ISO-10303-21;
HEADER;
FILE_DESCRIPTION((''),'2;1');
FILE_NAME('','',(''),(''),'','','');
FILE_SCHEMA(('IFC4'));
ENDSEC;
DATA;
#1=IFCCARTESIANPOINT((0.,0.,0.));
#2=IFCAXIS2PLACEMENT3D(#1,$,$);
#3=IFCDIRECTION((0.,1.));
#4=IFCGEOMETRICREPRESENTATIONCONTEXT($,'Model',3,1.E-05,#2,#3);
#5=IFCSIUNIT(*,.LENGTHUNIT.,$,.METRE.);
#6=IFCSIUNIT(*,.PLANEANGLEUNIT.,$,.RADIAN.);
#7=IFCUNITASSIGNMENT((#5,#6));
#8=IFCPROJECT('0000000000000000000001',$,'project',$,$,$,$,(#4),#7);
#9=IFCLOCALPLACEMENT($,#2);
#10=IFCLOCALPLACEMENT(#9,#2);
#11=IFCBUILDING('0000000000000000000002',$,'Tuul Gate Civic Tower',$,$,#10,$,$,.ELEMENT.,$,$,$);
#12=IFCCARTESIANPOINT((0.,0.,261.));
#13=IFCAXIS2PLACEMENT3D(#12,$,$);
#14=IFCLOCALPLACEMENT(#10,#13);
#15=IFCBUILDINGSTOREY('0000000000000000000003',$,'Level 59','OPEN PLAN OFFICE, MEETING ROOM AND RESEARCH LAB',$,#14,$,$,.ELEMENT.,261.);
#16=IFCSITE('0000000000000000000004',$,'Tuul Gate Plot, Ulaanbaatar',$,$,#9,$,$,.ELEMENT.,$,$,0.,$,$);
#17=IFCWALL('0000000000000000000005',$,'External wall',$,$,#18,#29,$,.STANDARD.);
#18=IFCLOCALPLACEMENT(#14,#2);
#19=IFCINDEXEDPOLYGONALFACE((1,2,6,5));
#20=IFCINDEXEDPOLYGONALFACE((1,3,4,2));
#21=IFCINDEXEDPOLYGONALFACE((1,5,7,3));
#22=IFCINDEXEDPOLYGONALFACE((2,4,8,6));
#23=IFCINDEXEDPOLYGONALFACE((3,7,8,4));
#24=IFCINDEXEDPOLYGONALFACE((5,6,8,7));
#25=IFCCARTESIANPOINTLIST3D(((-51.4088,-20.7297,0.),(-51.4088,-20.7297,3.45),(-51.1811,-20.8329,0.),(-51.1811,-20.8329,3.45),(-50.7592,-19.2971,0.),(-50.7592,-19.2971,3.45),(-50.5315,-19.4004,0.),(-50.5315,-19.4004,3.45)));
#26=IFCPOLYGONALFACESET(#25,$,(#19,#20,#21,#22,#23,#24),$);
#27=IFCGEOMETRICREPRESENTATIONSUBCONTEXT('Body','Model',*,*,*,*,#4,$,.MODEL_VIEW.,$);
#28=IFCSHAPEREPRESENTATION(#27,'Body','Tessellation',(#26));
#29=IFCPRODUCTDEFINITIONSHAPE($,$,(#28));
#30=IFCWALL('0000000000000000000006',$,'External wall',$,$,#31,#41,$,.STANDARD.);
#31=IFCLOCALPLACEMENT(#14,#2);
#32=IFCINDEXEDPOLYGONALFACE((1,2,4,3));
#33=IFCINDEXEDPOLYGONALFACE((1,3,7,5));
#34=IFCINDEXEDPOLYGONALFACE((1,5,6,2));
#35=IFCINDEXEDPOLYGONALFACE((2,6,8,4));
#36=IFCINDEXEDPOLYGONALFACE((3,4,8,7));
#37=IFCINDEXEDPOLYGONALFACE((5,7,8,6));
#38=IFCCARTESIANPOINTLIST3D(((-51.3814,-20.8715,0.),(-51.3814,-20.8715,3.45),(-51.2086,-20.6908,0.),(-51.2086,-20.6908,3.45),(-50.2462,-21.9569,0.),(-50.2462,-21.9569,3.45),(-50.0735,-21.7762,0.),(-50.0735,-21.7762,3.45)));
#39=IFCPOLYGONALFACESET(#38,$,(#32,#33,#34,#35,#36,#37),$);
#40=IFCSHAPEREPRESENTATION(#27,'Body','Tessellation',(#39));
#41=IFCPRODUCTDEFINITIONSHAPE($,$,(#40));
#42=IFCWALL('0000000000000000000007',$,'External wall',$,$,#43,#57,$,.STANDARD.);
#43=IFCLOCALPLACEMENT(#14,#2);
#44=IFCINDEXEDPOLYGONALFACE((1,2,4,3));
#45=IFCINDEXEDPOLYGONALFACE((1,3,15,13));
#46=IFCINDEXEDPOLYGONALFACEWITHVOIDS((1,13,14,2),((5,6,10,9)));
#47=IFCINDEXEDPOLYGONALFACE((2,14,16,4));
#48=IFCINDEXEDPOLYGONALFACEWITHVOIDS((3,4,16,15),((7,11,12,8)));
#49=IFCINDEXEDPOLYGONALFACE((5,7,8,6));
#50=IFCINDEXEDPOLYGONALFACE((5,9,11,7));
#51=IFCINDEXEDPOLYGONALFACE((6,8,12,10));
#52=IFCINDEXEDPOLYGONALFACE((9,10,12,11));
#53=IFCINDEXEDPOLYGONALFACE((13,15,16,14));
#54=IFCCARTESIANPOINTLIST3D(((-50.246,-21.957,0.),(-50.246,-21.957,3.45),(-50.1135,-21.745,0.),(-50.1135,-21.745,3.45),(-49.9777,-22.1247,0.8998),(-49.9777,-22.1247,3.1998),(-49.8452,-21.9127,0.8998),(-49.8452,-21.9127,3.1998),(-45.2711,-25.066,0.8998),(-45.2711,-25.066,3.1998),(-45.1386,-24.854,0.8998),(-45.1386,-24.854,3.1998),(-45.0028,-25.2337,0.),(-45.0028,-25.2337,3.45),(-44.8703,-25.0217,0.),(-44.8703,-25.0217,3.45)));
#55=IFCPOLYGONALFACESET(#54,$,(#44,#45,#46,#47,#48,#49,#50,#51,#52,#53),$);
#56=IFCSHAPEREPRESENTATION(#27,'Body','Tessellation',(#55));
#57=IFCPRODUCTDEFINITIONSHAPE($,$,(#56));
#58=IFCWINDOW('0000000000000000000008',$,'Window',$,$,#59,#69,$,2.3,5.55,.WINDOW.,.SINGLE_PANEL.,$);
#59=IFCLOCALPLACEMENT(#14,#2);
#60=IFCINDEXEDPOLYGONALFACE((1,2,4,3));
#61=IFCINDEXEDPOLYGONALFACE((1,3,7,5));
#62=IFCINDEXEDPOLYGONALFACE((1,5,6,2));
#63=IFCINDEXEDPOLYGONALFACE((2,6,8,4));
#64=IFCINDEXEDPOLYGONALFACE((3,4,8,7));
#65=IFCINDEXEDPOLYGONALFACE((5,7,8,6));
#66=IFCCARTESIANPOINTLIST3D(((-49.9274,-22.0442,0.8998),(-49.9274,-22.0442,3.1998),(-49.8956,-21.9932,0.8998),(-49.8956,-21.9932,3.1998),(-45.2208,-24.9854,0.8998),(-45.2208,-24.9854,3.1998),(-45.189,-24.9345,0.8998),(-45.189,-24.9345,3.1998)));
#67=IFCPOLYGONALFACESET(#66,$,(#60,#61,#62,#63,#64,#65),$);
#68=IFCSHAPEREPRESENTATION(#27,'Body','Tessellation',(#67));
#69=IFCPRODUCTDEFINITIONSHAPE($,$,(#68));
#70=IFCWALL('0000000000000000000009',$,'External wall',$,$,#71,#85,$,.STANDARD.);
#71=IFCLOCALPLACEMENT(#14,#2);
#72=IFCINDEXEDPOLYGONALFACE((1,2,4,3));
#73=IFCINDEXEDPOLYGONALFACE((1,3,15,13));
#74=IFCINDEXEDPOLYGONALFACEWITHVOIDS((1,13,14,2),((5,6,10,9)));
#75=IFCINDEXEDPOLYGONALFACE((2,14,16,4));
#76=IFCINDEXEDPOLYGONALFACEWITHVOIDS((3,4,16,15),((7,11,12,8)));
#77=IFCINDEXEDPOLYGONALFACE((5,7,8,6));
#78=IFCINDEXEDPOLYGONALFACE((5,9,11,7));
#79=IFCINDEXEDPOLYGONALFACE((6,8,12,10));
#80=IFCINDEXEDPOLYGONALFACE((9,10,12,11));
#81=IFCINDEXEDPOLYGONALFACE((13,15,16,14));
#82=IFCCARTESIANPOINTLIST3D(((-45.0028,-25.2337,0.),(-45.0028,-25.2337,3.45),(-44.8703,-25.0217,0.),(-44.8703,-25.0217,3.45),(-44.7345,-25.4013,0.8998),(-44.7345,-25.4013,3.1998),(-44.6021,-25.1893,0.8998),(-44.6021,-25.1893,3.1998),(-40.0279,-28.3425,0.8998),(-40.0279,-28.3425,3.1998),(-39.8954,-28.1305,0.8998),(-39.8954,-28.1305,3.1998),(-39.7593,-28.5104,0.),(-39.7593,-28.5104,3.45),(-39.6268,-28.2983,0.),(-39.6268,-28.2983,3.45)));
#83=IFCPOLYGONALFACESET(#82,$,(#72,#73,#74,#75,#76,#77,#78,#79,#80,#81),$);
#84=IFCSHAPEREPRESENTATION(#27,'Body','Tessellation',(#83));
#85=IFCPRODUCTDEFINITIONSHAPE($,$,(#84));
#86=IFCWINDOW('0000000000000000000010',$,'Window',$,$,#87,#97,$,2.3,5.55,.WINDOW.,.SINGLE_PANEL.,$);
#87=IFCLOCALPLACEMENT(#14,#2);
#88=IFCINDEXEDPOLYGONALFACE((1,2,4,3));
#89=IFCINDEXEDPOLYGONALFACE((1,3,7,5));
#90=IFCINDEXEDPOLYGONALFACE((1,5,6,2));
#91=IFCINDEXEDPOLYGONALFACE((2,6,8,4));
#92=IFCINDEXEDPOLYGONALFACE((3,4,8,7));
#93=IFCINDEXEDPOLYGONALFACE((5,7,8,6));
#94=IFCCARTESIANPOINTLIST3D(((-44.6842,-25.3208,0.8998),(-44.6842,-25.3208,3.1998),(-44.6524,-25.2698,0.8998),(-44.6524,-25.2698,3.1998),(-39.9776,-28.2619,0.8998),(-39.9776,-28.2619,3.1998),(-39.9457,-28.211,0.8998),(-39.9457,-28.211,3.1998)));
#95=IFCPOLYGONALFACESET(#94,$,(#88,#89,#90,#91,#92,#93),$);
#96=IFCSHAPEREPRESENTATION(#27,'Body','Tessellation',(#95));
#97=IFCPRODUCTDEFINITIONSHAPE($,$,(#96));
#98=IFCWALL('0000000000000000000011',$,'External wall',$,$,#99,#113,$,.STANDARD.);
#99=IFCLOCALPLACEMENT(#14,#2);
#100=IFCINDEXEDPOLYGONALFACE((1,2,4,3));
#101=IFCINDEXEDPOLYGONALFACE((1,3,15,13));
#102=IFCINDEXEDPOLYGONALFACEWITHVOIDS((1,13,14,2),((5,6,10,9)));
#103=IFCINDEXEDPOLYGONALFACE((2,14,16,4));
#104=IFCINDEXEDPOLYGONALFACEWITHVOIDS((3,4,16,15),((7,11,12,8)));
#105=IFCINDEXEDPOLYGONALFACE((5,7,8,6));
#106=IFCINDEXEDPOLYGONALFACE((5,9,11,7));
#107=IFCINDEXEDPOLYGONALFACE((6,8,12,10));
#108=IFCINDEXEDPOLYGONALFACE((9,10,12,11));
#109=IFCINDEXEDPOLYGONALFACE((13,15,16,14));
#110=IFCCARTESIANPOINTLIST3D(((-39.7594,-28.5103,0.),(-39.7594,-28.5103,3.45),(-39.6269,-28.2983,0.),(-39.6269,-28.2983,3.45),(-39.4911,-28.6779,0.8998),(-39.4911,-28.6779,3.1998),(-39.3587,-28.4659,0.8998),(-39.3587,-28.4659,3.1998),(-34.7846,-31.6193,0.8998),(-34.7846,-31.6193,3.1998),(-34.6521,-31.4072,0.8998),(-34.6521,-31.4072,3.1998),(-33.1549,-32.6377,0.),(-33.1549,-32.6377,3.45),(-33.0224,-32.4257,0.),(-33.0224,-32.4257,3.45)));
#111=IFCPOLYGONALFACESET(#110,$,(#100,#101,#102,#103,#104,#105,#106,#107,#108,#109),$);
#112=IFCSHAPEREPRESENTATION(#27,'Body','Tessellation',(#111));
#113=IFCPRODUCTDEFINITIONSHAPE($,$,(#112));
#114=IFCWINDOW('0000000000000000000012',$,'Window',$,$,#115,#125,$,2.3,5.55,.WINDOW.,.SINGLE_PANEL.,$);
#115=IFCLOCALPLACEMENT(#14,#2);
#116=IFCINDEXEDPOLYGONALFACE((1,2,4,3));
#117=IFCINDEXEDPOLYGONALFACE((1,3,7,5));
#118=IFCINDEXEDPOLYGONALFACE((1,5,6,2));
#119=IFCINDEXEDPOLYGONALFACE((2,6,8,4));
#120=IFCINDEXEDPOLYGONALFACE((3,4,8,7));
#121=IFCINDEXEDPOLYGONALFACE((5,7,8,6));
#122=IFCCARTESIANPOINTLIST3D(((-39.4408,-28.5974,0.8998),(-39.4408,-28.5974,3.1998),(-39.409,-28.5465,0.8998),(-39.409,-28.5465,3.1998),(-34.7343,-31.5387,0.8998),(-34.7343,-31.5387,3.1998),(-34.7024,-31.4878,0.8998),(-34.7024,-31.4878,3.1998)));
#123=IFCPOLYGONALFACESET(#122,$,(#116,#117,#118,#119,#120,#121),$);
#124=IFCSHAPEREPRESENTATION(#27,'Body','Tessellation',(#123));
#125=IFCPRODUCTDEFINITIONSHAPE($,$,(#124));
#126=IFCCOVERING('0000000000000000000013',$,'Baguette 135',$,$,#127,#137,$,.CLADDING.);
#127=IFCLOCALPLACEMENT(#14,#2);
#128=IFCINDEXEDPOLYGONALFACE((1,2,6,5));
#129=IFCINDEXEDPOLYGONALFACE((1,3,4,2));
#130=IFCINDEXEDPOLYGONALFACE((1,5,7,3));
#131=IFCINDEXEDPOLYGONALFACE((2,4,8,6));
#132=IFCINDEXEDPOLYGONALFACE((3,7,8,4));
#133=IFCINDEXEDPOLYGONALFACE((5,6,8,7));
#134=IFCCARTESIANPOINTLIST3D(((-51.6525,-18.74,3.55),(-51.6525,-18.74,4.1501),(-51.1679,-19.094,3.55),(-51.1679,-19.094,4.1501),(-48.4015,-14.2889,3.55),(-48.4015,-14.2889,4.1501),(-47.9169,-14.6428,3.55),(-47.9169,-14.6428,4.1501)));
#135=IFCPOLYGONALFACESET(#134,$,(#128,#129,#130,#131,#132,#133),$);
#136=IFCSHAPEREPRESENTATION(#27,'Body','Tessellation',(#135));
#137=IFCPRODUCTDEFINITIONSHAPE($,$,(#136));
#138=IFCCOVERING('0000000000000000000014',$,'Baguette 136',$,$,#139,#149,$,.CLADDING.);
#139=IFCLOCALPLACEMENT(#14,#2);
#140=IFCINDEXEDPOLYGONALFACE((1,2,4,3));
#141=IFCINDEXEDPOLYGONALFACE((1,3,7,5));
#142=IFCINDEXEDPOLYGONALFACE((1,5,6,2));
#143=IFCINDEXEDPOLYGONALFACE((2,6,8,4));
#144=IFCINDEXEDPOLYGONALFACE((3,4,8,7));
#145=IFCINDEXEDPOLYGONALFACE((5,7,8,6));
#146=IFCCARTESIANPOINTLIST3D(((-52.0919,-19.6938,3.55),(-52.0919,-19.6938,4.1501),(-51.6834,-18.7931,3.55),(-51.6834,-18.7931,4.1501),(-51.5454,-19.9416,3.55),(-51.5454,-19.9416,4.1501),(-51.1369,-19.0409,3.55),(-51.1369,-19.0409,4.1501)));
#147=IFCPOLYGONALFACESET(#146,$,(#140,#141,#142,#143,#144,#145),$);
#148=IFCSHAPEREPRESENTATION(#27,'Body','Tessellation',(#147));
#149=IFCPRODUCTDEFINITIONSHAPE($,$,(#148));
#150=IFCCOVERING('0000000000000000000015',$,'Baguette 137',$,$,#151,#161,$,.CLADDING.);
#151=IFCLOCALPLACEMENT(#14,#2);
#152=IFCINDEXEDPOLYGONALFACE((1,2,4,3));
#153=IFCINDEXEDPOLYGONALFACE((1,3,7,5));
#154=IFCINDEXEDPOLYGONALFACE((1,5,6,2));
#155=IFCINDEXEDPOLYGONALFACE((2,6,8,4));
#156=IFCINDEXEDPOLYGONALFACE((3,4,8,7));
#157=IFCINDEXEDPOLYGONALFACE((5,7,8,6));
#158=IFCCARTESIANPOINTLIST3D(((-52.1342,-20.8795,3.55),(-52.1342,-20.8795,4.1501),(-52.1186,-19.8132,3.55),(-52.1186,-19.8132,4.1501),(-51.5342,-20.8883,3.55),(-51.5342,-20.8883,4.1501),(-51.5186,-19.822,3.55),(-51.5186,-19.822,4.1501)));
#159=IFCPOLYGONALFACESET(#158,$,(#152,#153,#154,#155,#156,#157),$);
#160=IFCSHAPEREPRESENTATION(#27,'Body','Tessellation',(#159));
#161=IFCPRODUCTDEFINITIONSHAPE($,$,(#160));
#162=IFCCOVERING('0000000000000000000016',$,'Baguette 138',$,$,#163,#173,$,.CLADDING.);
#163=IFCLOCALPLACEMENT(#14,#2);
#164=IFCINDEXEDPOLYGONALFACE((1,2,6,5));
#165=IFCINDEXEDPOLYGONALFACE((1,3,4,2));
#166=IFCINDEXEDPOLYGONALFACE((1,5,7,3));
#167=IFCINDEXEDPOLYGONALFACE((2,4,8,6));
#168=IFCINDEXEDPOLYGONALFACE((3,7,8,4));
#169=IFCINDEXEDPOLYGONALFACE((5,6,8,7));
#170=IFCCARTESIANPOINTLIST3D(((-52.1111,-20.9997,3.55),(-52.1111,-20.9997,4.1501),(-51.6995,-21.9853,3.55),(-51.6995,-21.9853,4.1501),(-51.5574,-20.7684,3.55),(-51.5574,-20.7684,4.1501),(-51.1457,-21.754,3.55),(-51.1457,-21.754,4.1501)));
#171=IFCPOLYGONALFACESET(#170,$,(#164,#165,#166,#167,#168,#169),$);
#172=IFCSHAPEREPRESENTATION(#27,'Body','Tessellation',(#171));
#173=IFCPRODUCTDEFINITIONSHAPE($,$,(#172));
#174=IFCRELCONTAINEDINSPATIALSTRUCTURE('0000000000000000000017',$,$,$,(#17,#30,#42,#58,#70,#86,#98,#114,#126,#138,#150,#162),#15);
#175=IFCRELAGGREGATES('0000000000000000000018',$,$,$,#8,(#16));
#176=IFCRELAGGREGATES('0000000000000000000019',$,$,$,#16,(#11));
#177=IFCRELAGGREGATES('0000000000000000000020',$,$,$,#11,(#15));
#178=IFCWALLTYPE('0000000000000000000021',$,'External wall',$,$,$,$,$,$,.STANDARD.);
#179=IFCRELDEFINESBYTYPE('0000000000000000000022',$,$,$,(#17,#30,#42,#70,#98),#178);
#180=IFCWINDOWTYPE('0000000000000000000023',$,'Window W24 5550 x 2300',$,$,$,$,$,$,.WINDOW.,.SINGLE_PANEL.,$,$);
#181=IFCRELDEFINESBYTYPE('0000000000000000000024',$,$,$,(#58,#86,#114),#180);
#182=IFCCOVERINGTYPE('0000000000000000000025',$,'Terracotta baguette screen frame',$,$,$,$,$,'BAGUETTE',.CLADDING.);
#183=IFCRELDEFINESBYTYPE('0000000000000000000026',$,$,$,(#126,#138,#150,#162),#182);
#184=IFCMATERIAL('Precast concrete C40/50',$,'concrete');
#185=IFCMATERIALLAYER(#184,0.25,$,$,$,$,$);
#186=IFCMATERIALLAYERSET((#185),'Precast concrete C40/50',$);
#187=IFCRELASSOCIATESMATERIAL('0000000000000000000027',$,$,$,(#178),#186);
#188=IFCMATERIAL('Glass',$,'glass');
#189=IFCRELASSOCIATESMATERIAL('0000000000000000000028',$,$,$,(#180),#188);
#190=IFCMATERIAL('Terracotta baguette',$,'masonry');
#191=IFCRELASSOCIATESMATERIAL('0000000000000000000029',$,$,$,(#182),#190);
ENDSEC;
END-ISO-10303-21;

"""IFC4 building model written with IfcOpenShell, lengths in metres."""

from ifc_helpers import new_model, si_unit, direction, frame, frame_2d, origin, origin_2d, place, context, subcontext, project, spatial, rectangle, extrude, material, layer, layer_set, material_profile, profile_set, type_object, element, fill, save


model = new_model("IFC4")

# Units and contexts
model_context = context("Model", 3, precision=1e-05, world=origin(), true_north=direction((0.0, 1.0)))
body_context = subcontext(model_context, "Body", "Model", "MODEL_VIEW")
ifc_project = project(units=[si_unit("LENGTHUNIT", "METRE"), si_unit("PLANEANGLEUNIT", "RADIAN")], contexts=[model_context])

# Site, building, storey
site_placement = place(None, origin())
site = spatial("IfcSite", under=ifc_project, at=site_placement, Name="Tuul Gate Plot, Ulaanbaatar", CompositionType="ELEMENT", RefElevation=0.0)
building_placement = place(site_placement, origin())
building = spatial("IfcBuilding", under=site, at=building_placement, Name="Tuul Gate Civic Tower", CompositionType="ELEMENT")
storey_placement = place(building_placement, frame((0.0, 0.0, 261.0)))
storey = spatial("IfcBuildingStorey", under=building, at=storey_placement, Name="Level 59", Description="OPEN PLAN OFFICE, MEETING ROOM AND RESEARCH LAB", CompositionType="ELEMENT", Elevation=261.0)

# Walls
ifc_material_1 = material(Name="Precast concrete C40/50", Category="concrete")
ifc_layer_1 = layer(ifc_material_1, 0.25)
ifc_layer_set_1 = layer_set([ifc_layer_1], Name="Precast concrete C40/50")
wall_type_1 = type_object("IfcWallType", Name="External wall", PredefinedType="STANDARD", material=ifc_layer_set_1)
wall_1_placement = place(storey_placement, frame((-50.6453, -19.3486, 0.0), z_axis=(0.0, 0.0, 1.0), x_axis=(-0.412996, -0.910733, 0.0)))
element("IfcWall", 1, at=wall_1_placement, inside=storey, type_object=wall_type_1, Name="External wall", PredefinedType="STANDARD", context=body_context, shape_type="SweptSolid", body=[
    extrude(rectangle(XDim=1.573, YDim=0.25, at=frame_2d((0.7866, 0.0))), origin(), (0.0, 0.0, 1.0), 3.45),
])
wall_2_placement = place(storey_placement, frame((-51.2949, -20.7812, 0.0), z_axis=(0.0, 0.0, 1.0), x_axis=(0.722784, -0.691074, 0.0)))
element("IfcWall", 2, at=wall_2_placement, inside=storey, type_object=wall_type_1, Name="External wall", PredefinedType="STANDARD", context=body_context, shape_type="SweptSolid", body=[
    extrude(rectangle(XDim=1.5706, YDim=0.25, at=frame_2d((0.7852, 0.0))), origin(), (0.0, 0.0, 1.0), 3.45),
])

# Walls, openings, windows
wall_3_placement = place(storey_placement, frame((-50.1797, -21.8511, 0.0), z_axis=(0.0, 0.0, 1.0), x_axis=(0.848025, -0.529956, 0.0)))
wall_3 = element("IfcWall", 3, at=wall_3_placement, inside=storey, type_object=wall_type_1, Name="External wall", PredefinedType="STANDARD", context=body_context, shape_type="SweptSolid", body=[
    extrude(rectangle(XDim=6.1829, YDim=0.25, at=frame_2d((3.0913, 0.0))), origin(), (0.0, 0.0, 1.0), 3.45),
])
opening_1_placement = place(wall_3_placement, frame((0.3164, 0.0, 0.8999)))
opening_1 = element("IfcOpeningElement", 4, at=opening_1_placement, cuts=wall_3, PredefinedType="OPENING", context=body_context, shape_type="SweptSolid", body=[
    extrude(rectangle(XDim=5.55, YDim=2.3, at=frame_2d((2.7749, 1.1499))), frame((0.0, 0.135, 0.0), z_axis=(0.0, -1.0, 0.0), x_axis=(1.0, 0.0, 0.0)), (0.0, 0.0, 1.0), 0.27),
])
ifc_material_2 = material(Name="Glass", Category="glass")
window_type = type_object("IfcWindowType", Name="Window W24 5550 x 2300", PartitioningType="SINGLE_PANEL", PredefinedType="WINDOW", material=ifc_material_2)
window_1_placement = place(opening_1_placement, origin())
window_1 = element("IfcWindow", 5, at=window_1_placement, inside=storey, type_object=window_type, Name="Window", OverallHeight=2.3, OverallWidth=5.55, PartitioningType="SINGLE_PANEL", PredefinedType="WINDOW", context=body_context, shape_type="SweptSolid", body=[
    extrude(rectangle(XDim=5.55, YDim=2.3, at=frame_2d((2.7749, 1.1499))), frame((0.0, 0.03, 0.0), z_axis=(0.0, -1.0, 0.0), x_axis=(1.0, 0.0, 0.0)), (0.0, 0.0, 1.0), 0.0601),
])
fill(opening_1, window_1)
wall_4_placement = place(storey_placement, frame((-44.9365, -25.1277, 0.0), z_axis=(0.0, 0.0, 1.0), x_axis=(0.848036, -0.529939, 0.0)))
wall_4 = element("IfcWall", 6, at=wall_4_placement, inside=storey, type_object=wall_type_1, Name="External wall", PredefinedType="STANDARD", context=body_context, shape_type="SweptSolid", body=[
    extrude(rectangle(XDim=6.1831, YDim=0.25, at=frame_2d((3.0916, 0.0))), origin(), (0.0, 0.0, 1.0), 3.45),
])
opening_2_placement = place(wall_4_placement, frame((0.3164, 0.0, 0.8999)))
opening_2 = element("IfcOpeningElement", 7, at=opening_2_placement, cuts=wall_4, PredefinedType="OPENING", context=body_context, shape_type="SweptSolid", body=[
    extrude(rectangle(XDim=5.55, YDim=2.3, at=frame_2d((2.7749, 1.1499))), frame((0.0, 0.135, 0.0), z_axis=(0.0, -1.0, 0.0), x_axis=(1.0, 0.0, 0.0)), (0.0, 0.0, 1.0), 0.27),
])
window_2_placement = place(opening_2_placement, origin())
window_2 = element("IfcWindow", 8, at=window_2_placement, inside=storey, type_object=window_type, Name="Window", OverallHeight=2.3, OverallWidth=5.55, PartitioningType="SINGLE_PANEL", PredefinedType="WINDOW", context=body_context, shape_type="SweptSolid", body=[
    extrude(rectangle(XDim=5.55, YDim=2.3, at=frame_2d((2.7749, 1.1499))), frame((0.0, 0.03, 0.0), z_axis=(0.0, -1.0, 0.0), x_axis=(1.0, 0.0, 0.0)), (0.0, 0.0, 1.0), 0.0601),
])
fill(opening_2, window_2)
wall_5_placement = place(storey_placement, frame((-39.6931, -28.4043, 0.0), z_axis=(0.0, 0.0, 1.0), x_axis=(0.848019, -0.529965, 0.0)))
wall_5 = element("IfcWall", 9, at=wall_5_placement, inside=storey, type_object=wall_type_1, Name="External wall", PredefinedType="STANDARD", context=body_context, shape_type="SweptSolid", body=[
    extrude(rectangle(XDim=7.7881, YDim=0.25, at=frame_2d((3.894, 0.0))), origin(), (0.0, 0.0, 1.0), 3.45),
])
opening_3_placement = place(wall_5_placement, frame((0.3164, 0.0, 0.8999)))
opening_3 = element("IfcOpeningElement", 10, at=opening_3_placement, cuts=wall_5, PredefinedType="OPENING", context=body_context, shape_type="SweptSolid", body=[
    extrude(rectangle(XDim=5.55, YDim=2.3, at=frame_2d((2.7749, 1.1499))), frame((0.0, 0.135, 0.0), z_axis=(0.0, -1.0, 0.0), x_axis=(1.0, 0.0, 0.0)), (0.0, 0.0, 1.0), 0.27),
])
window_3_placement = place(opening_3_placement, origin())
window_3 = element("IfcWindow", 11, at=window_3_placement, inside=storey, type_object=window_type, Name="Window", OverallHeight=2.3, OverallWidth=5.55, PartitioningType="SINGLE_PANEL", PredefinedType="WINDOW", context=body_context, shape_type="SweptSolid", body=[
    extrude(rectangle(XDim=5.55, YDim=2.3, at=frame_2d((2.7749, 1.1499))), frame((0.0, 0.03, 0.0), z_axis=(0.0, -1.0, 0.0), x_axis=(1.0, 0.0, 0.0)), (0.0, 0.0, 1.0), 0.0601),
])
fill(opening_3, window_3)

# Coverings
ifc_material_3 = material(Name="Terracotta baguette", Category="masonry")
ifc_material_profile_1 = material_profile(ifc_material_3, rectangle(XDim=0.6001, YDim=0.6001, at=origin_2d()), Name="Terracotta baguette screen frame")
ifc_profile_set_1 = profile_set([ifc_material_profile_1], Name="Terracotta baguette")
covering_type = type_object("IfcCoveringType", Name="Terracotta baguette screen frame", ElementType="BAGUETTE", PredefinedType="CLADDING", material=ifc_profile_set_1)
covering_1_placement = place(storey_placement, frame((-48.1592, -14.4658, 3.8501), z_axis=(-0.589803, -0.807547, 0.0), x_axis=(0.807547, -0.589803, 0.0)))
element("IfcCovering", 12, at=covering_1_placement, inside=storey, type_object=covering_type, Name="Baguette 135", PredefinedType="CLADDING", context=body_context, shape_type="SweptSolid", body=[
    extrude(rectangle(XDim=0.6001, YDim=0.6001, at=origin_2d()), origin(), (0.0, 0.0, 1.0), 5.512),
])
covering_2_placement = place(storey_placement, frame((-51.4102, -18.917, 3.8501), z_axis=(-0.413022, -0.910721, 0.0), x_axis=(0.910721, -0.413022, 0.0)))
element("IfcCovering", 13, at=covering_2_placement, inside=storey, type_object=covering_type, Name="Baguette 136", PredefinedType="CLADDING", context=body_context, shape_type="SweptSolid", body=[
    extrude(rectangle(XDim=0.6001, YDim=0.6001, at=origin_2d()), origin(), (0.0, 0.0, 1.0), 0.989),
])
covering_3_placement = place(storey_placement, frame((-51.8186, -19.8176, 3.8501), z_axis=(-0.01465, -0.999893, 0.0), x_axis=(0.999893, -0.01465, 0.0)))
element("IfcCovering", 14, at=covering_3_placement, inside=storey, type_object=covering_type, Name="Baguette 137", PredefinedType="CLADDING", context=body_context, shape_type="SweptSolid", body=[
    extrude(rectangle(XDim=0.6001, YDim=0.6001, at=origin_2d()), origin(), (0.0, 0.0, 1.0), 1.0664),
])
covering_4_placement = place(storey_placement, frame((-51.8342, -20.884, 3.8501), z_axis=(0.385378, -0.922759, 0.0), x_axis=(0.922759, 0.385378, 0.0)))
element("IfcCovering", 15, at=covering_4_placement, inside=storey, type_object=covering_type, Name="Baguette 138", PredefinedType="CLADDING", context=body_context, shape_type="SweptSolid", body=[
    extrude(rectangle(XDim=0.6001, YDim=0.6001, at=origin_2d()), origin(), (0.0, 0.0, 1.0), 1.0681),
])

save(model, "model.ifc")
